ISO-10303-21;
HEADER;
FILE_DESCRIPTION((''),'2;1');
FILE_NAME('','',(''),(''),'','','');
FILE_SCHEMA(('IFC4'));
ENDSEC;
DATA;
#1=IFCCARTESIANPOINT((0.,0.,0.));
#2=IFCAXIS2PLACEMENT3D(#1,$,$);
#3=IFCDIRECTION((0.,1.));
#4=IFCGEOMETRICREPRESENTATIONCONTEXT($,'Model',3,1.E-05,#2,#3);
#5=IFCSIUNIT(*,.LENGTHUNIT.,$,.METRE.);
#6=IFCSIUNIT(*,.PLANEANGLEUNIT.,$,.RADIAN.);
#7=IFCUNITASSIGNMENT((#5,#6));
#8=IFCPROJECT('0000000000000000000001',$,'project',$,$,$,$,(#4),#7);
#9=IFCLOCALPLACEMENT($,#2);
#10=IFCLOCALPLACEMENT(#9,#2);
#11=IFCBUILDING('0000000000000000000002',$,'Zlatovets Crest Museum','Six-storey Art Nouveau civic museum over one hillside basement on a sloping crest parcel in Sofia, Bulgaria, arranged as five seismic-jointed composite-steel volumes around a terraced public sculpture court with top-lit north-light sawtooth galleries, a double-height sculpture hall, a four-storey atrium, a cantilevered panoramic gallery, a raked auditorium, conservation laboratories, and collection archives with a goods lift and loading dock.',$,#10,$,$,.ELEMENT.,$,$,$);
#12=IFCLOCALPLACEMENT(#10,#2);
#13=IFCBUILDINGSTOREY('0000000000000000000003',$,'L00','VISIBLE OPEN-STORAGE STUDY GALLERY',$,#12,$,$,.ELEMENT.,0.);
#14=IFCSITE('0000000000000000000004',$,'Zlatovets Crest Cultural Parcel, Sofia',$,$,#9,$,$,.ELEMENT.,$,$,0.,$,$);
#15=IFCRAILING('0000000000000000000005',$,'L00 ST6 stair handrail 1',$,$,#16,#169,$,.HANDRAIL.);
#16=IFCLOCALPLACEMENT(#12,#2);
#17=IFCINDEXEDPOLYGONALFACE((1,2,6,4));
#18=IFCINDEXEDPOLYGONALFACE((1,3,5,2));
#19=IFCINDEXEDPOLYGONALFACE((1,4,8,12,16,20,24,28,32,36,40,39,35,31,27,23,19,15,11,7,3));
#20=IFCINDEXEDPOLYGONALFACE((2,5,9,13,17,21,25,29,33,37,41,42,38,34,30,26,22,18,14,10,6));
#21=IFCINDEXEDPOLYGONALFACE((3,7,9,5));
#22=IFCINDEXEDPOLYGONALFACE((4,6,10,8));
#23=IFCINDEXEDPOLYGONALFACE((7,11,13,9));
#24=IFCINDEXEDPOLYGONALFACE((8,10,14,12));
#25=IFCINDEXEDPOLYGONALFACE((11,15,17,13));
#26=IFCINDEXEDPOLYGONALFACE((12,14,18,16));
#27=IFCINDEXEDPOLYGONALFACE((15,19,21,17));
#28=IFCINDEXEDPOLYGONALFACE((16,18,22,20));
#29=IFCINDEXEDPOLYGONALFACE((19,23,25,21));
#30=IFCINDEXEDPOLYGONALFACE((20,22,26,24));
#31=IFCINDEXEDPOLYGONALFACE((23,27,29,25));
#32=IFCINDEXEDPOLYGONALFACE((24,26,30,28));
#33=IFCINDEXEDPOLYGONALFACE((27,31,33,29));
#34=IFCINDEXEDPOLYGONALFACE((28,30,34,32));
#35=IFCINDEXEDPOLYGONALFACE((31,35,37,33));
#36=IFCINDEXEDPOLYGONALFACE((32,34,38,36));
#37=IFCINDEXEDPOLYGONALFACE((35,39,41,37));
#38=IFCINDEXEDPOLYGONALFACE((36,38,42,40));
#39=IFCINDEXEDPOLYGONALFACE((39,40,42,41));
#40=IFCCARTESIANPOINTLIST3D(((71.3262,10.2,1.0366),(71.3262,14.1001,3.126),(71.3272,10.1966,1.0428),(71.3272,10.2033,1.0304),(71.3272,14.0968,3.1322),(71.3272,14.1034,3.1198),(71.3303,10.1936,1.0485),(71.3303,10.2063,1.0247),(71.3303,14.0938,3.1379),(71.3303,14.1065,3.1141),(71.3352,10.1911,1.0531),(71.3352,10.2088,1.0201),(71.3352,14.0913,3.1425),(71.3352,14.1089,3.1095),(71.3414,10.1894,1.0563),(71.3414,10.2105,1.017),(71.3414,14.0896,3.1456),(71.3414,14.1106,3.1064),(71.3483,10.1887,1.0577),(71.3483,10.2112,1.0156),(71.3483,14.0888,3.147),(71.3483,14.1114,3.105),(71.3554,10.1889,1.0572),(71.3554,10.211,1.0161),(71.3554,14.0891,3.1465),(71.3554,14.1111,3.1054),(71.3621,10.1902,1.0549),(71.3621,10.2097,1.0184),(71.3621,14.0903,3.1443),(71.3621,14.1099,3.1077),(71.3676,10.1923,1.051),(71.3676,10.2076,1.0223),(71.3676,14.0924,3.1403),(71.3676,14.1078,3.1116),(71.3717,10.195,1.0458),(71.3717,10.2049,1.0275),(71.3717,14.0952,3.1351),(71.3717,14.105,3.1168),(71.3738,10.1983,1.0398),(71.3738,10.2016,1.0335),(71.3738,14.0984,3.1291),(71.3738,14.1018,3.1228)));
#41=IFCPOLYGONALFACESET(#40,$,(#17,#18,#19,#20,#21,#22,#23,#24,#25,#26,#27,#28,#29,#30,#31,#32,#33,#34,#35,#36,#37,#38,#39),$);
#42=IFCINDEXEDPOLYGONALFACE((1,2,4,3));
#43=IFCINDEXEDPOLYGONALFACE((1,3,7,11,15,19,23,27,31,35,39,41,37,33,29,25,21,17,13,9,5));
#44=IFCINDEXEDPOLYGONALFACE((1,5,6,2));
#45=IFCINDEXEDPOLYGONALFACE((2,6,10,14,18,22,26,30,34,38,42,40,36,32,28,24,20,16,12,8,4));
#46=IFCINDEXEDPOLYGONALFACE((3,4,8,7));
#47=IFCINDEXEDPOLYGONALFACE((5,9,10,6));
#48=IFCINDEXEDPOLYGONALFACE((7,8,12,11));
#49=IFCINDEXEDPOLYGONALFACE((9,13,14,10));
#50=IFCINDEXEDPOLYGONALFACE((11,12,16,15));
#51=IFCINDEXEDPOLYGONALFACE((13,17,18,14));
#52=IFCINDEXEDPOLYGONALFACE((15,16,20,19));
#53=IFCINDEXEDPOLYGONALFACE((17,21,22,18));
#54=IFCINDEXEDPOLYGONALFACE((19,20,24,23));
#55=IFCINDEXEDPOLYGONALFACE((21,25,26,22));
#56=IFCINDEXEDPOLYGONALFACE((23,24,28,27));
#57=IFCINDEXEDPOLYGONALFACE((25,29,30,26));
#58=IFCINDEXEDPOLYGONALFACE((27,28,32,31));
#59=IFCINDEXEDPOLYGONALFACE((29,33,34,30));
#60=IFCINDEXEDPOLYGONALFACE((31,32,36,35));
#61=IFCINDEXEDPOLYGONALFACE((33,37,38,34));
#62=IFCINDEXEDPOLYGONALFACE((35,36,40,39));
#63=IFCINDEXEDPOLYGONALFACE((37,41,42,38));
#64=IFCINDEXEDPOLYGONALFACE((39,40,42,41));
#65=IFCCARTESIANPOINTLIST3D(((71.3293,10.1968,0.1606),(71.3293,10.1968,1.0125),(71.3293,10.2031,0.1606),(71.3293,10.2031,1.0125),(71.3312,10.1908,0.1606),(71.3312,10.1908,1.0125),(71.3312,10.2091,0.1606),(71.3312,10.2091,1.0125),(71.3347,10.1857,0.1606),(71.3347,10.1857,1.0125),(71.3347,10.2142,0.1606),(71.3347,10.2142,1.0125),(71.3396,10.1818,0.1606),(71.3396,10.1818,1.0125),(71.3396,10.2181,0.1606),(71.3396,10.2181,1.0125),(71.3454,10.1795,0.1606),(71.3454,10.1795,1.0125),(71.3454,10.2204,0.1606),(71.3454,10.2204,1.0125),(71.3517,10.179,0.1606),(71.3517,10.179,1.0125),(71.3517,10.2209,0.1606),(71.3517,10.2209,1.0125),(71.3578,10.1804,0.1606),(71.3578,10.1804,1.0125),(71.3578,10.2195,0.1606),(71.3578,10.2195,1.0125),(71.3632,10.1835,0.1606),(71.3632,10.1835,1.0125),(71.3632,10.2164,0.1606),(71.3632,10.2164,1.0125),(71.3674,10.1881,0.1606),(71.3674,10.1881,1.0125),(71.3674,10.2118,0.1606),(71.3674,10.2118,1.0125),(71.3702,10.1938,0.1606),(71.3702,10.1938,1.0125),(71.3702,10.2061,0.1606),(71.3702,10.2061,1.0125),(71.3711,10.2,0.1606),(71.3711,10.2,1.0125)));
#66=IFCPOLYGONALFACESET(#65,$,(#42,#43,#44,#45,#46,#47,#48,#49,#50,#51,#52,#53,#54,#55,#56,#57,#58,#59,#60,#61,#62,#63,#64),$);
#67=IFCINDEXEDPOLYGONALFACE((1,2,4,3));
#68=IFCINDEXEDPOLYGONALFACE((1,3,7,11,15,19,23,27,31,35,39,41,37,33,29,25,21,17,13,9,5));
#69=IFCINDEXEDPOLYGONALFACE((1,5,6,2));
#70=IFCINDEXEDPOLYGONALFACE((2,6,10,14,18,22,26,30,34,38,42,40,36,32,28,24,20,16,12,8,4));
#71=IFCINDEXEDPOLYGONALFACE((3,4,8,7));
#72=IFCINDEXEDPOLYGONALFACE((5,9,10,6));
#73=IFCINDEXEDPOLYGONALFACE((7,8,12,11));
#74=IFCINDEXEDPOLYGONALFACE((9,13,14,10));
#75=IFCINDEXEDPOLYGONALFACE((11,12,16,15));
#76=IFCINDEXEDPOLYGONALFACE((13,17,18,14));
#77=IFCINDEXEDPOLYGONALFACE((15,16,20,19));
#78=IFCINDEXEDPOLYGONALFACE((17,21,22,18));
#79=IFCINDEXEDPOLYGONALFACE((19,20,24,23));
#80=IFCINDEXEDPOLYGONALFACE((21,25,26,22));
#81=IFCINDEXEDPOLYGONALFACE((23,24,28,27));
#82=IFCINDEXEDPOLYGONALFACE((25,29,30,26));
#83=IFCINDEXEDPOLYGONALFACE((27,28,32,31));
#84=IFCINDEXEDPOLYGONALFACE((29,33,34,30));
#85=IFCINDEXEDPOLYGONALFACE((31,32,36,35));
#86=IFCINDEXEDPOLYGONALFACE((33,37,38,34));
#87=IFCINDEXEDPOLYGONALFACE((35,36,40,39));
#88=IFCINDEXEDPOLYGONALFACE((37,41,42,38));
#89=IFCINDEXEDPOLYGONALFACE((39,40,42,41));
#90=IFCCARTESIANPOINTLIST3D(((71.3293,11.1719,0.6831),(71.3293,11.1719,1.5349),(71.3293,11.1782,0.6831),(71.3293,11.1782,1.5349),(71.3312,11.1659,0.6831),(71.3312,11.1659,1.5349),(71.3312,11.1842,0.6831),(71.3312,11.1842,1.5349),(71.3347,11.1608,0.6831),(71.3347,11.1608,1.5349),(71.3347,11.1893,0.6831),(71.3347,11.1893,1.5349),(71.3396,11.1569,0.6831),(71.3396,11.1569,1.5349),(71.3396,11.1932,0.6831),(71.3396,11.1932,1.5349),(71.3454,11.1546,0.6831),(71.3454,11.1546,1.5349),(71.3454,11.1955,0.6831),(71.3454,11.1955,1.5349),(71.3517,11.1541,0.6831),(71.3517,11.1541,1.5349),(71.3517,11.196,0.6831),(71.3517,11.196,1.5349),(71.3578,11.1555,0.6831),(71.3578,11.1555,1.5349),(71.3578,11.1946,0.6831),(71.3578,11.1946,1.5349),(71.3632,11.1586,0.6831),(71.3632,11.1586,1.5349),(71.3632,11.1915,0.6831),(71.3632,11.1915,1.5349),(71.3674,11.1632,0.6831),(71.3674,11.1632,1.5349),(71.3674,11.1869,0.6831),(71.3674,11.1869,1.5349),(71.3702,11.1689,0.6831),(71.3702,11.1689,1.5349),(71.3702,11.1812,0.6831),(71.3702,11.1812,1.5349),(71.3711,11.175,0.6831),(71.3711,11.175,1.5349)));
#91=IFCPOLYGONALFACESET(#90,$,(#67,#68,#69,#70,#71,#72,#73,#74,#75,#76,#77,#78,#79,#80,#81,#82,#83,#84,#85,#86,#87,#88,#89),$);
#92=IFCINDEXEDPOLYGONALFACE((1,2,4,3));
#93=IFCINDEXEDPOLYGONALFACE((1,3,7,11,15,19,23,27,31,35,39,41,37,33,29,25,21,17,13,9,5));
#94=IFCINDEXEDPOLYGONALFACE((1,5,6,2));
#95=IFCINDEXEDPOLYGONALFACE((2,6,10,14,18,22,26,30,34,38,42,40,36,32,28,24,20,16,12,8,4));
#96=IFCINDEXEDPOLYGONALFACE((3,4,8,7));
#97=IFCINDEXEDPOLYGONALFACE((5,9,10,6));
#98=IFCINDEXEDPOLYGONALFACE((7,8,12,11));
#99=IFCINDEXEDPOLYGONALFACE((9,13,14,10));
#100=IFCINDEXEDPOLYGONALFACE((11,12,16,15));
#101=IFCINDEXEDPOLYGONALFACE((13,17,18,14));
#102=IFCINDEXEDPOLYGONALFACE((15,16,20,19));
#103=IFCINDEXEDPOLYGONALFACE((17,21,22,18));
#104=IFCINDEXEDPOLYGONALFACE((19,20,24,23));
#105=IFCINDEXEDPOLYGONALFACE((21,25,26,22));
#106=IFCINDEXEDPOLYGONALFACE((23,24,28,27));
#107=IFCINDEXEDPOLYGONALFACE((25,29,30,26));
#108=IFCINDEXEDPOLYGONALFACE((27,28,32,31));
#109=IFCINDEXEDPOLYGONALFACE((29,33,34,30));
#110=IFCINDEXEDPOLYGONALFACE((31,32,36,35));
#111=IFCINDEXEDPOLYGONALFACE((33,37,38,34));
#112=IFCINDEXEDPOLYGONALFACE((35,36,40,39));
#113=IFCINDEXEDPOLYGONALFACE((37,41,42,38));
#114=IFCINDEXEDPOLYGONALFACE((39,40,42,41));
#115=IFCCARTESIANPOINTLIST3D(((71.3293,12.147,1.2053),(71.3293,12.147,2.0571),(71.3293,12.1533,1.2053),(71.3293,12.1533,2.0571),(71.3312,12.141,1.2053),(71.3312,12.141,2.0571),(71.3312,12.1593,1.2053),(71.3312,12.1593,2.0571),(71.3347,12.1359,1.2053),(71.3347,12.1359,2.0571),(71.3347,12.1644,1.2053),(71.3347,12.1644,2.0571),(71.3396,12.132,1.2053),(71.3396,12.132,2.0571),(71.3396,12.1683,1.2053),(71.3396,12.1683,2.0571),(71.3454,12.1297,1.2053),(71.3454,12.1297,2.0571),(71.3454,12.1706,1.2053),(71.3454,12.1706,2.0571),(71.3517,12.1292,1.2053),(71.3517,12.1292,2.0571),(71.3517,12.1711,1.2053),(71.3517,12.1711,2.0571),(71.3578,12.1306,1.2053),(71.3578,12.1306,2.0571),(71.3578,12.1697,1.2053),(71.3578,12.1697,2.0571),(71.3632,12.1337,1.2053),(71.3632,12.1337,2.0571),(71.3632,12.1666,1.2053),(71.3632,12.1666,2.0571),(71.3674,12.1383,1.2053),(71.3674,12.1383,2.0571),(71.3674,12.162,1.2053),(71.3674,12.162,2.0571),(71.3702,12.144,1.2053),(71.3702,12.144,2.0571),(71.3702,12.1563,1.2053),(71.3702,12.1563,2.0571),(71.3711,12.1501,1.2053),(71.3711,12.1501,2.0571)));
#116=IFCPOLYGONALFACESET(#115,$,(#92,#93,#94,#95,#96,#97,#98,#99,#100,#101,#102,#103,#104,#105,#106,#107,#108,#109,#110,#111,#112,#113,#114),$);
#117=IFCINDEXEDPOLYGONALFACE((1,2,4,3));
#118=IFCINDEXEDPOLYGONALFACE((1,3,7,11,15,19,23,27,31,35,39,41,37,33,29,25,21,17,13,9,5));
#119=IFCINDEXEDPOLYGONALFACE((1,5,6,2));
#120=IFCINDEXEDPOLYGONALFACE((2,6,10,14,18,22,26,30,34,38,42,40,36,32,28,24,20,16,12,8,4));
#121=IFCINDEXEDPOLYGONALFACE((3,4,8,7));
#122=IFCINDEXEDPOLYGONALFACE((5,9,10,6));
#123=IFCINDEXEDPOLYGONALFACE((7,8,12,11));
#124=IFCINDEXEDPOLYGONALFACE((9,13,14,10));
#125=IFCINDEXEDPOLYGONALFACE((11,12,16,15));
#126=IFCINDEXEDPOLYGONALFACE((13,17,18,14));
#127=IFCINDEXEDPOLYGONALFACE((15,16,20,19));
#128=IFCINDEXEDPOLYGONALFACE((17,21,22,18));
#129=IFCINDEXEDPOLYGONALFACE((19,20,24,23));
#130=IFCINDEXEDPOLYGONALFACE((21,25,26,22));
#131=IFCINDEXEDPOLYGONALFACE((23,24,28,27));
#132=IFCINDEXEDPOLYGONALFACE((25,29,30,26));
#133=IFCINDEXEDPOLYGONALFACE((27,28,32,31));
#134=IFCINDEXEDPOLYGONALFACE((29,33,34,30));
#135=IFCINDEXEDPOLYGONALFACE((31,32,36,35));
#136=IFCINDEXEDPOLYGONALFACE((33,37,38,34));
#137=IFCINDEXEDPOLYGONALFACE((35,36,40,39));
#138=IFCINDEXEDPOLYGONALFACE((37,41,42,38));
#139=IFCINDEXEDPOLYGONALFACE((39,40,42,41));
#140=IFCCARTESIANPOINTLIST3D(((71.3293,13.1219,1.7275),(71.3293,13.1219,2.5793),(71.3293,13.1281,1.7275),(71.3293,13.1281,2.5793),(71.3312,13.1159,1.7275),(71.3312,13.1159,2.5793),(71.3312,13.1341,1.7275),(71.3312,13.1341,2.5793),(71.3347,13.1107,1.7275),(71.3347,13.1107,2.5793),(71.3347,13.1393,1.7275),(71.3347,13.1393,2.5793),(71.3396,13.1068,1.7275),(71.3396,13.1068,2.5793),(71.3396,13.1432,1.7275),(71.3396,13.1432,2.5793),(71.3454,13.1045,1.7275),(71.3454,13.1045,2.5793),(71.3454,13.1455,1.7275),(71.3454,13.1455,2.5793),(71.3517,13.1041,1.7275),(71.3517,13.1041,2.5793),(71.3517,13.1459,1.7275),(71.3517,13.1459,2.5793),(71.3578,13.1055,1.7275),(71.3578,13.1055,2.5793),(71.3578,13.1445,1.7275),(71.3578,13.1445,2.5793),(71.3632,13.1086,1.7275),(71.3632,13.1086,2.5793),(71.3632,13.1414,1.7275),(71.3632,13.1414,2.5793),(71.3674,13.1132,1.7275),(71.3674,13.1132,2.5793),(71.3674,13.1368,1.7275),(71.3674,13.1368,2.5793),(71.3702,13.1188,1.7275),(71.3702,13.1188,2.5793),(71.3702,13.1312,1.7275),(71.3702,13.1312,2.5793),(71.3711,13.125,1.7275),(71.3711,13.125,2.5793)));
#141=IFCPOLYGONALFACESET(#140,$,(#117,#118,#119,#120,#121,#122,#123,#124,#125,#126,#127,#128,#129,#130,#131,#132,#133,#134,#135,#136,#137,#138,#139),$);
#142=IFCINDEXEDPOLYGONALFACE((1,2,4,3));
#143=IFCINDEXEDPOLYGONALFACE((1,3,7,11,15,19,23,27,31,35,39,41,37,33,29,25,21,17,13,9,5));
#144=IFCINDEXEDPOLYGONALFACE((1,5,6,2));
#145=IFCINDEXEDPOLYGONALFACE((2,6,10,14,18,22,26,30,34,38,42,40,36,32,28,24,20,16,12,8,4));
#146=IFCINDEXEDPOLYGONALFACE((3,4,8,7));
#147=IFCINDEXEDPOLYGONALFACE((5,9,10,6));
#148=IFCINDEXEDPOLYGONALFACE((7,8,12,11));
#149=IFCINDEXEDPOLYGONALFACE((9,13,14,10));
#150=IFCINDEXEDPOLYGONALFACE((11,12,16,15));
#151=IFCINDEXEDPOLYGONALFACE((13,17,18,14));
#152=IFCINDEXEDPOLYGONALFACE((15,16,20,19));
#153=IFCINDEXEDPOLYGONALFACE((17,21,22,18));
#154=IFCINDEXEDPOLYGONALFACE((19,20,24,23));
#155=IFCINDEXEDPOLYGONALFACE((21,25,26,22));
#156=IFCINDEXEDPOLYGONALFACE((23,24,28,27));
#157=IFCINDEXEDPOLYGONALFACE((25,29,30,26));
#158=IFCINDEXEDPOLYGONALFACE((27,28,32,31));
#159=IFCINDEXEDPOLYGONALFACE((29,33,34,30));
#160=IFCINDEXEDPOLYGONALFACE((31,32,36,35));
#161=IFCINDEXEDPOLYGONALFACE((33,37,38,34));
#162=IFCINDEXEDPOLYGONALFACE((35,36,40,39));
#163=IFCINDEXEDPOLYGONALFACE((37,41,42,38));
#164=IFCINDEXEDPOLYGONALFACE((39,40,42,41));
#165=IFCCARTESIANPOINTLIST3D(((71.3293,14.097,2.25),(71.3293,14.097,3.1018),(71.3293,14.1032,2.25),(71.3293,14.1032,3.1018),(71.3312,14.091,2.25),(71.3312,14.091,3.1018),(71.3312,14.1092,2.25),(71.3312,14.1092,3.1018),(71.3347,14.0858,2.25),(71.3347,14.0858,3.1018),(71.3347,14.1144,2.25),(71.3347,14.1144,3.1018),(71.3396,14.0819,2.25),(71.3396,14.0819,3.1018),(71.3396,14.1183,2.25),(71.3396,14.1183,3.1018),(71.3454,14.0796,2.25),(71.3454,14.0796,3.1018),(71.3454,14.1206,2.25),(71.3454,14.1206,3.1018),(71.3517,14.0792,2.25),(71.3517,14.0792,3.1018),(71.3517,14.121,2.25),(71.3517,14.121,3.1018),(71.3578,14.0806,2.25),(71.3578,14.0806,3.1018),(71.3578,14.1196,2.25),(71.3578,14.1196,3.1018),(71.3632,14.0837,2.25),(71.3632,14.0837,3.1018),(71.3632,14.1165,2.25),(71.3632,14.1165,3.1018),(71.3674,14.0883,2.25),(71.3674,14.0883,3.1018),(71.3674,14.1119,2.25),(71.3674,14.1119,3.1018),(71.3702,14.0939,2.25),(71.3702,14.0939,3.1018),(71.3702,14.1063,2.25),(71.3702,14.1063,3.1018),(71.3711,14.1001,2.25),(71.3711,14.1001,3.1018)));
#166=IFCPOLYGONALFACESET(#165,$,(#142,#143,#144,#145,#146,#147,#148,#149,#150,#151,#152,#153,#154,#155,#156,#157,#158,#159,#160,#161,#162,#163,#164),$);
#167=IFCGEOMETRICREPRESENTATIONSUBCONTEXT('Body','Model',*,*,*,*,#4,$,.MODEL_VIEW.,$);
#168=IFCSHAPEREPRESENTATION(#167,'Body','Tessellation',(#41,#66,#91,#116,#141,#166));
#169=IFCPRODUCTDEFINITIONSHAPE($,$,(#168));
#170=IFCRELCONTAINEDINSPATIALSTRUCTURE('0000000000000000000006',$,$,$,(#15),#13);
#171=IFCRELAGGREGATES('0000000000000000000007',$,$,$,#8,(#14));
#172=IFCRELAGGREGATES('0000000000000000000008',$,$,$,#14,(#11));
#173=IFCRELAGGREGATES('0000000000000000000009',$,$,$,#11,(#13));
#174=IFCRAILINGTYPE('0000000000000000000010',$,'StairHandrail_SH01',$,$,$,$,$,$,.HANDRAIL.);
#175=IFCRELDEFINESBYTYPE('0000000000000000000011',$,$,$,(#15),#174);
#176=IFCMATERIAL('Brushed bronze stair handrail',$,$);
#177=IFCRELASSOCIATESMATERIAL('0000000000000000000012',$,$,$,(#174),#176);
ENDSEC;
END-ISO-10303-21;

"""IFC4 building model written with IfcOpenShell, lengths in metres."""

from ifc_helpers import new_model, si_unit, direction, frame, origin, origin_2d, place, context, subcontext, project, spatial, circle, extrude, material, type_object, element, save


model = new_model("IFC4")

# Units and contexts
model_context = context("Model", 3, precision=1e-05, world=origin(), true_north=direction((0.0, 1.0)))
body_context = subcontext(model_context, "Body", "Model", "MODEL_VIEW")
ifc_project = project(units=[si_unit("LENGTHUNIT", "METRE"), si_unit("PLANEANGLEUNIT", "RADIAN")], contexts=[model_context])

# Site, building, storey
site_placement = place(None, origin())
site = spatial("IfcSite", under=ifc_project, at=site_placement, Name="Zlatovets Crest Cultural Parcel, Sofia", CompositionType="ELEMENT", RefElevation=0.0)
building_placement = place(site_placement, origin())
building = spatial("IfcBuilding", under=site, at=building_placement, Name="Zlatovets Crest Museum", Description="Six-storey Art Nouveau civic museum over one hillside basement on a sloping crest parcel in Sofia, Bulgaria, arranged as five seismic-jointed composite-steel volumes around a terraced public sculpture court with top-lit north-light sawtooth galleries, a double-height sculpture hall, a four-storey atrium, a cantilevered panoramic gallery, a raked auditorium, conservation laboratories, and collection archives with a goods lift and loading dock.", CompositionType="ELEMENT")
storey_placement = place(building_placement, origin())
storey = spatial("IfcBuildingStorey", under=building, at=storey_placement, Name="L00", Description="VISIBLE OPEN-STORAGE STUDY GALLERY", CompositionType="ELEMENT", Elevation=0.0)

# Railing
ifc_material_1 = material(Name="Brushed bronze stair handrail")
railing_type_1 = type_object("IfcRailingType", Name="StairHandrail_SH01", PredefinedType="HANDRAIL", material=ifc_material_1)
railing_1_placement = place(storey_placement, frame((71.3501, 10.2, 0.1606)))
element("IfcRailing", 1, at=railing_1_placement, inside=storey, type_object=railing_type_1, Name="L00 ST6 stair handrail 1", PredefinedType="HANDRAIL", context=body_context, shape_type="SweptSolid", body=[
    extrude(circle(Radius=0.0239, at=origin_2d()), frame((0.0, 0.0, 0.876), z_axis=(0.0, 0.881481, 0.47222), x_axis=(-1.0, 0.0, 0.0)), (0.0, 0.0, 1.0), 4.4246),
    extrude(circle(Radius=0.021, at=origin_2d()), origin(), (0.0, 0.0, 1.0), 0.8518),
    extrude(circle(Radius=0.021, at=origin_2d()), frame((0.0, 0.9751, 0.5225)), (0.0, 0.0, 1.0), 0.8518),
    extrude(circle(Radius=0.021, at=origin_2d()), frame((0.0, 1.9502, 1.0447)), (0.0, 0.0, 1.0), 0.8518),
    extrude(circle(Radius=0.021, at=origin_2d()), frame((0.0, 2.925, 1.5669)), (0.0, 0.0, 1.0), 0.8518),
    extrude(circle(Radius=0.021, at=origin_2d()), frame((0.0, 3.9001, 2.0894)), (0.0, 0.0, 1.0), 0.8518),
])

save(model, "model.ifc")
